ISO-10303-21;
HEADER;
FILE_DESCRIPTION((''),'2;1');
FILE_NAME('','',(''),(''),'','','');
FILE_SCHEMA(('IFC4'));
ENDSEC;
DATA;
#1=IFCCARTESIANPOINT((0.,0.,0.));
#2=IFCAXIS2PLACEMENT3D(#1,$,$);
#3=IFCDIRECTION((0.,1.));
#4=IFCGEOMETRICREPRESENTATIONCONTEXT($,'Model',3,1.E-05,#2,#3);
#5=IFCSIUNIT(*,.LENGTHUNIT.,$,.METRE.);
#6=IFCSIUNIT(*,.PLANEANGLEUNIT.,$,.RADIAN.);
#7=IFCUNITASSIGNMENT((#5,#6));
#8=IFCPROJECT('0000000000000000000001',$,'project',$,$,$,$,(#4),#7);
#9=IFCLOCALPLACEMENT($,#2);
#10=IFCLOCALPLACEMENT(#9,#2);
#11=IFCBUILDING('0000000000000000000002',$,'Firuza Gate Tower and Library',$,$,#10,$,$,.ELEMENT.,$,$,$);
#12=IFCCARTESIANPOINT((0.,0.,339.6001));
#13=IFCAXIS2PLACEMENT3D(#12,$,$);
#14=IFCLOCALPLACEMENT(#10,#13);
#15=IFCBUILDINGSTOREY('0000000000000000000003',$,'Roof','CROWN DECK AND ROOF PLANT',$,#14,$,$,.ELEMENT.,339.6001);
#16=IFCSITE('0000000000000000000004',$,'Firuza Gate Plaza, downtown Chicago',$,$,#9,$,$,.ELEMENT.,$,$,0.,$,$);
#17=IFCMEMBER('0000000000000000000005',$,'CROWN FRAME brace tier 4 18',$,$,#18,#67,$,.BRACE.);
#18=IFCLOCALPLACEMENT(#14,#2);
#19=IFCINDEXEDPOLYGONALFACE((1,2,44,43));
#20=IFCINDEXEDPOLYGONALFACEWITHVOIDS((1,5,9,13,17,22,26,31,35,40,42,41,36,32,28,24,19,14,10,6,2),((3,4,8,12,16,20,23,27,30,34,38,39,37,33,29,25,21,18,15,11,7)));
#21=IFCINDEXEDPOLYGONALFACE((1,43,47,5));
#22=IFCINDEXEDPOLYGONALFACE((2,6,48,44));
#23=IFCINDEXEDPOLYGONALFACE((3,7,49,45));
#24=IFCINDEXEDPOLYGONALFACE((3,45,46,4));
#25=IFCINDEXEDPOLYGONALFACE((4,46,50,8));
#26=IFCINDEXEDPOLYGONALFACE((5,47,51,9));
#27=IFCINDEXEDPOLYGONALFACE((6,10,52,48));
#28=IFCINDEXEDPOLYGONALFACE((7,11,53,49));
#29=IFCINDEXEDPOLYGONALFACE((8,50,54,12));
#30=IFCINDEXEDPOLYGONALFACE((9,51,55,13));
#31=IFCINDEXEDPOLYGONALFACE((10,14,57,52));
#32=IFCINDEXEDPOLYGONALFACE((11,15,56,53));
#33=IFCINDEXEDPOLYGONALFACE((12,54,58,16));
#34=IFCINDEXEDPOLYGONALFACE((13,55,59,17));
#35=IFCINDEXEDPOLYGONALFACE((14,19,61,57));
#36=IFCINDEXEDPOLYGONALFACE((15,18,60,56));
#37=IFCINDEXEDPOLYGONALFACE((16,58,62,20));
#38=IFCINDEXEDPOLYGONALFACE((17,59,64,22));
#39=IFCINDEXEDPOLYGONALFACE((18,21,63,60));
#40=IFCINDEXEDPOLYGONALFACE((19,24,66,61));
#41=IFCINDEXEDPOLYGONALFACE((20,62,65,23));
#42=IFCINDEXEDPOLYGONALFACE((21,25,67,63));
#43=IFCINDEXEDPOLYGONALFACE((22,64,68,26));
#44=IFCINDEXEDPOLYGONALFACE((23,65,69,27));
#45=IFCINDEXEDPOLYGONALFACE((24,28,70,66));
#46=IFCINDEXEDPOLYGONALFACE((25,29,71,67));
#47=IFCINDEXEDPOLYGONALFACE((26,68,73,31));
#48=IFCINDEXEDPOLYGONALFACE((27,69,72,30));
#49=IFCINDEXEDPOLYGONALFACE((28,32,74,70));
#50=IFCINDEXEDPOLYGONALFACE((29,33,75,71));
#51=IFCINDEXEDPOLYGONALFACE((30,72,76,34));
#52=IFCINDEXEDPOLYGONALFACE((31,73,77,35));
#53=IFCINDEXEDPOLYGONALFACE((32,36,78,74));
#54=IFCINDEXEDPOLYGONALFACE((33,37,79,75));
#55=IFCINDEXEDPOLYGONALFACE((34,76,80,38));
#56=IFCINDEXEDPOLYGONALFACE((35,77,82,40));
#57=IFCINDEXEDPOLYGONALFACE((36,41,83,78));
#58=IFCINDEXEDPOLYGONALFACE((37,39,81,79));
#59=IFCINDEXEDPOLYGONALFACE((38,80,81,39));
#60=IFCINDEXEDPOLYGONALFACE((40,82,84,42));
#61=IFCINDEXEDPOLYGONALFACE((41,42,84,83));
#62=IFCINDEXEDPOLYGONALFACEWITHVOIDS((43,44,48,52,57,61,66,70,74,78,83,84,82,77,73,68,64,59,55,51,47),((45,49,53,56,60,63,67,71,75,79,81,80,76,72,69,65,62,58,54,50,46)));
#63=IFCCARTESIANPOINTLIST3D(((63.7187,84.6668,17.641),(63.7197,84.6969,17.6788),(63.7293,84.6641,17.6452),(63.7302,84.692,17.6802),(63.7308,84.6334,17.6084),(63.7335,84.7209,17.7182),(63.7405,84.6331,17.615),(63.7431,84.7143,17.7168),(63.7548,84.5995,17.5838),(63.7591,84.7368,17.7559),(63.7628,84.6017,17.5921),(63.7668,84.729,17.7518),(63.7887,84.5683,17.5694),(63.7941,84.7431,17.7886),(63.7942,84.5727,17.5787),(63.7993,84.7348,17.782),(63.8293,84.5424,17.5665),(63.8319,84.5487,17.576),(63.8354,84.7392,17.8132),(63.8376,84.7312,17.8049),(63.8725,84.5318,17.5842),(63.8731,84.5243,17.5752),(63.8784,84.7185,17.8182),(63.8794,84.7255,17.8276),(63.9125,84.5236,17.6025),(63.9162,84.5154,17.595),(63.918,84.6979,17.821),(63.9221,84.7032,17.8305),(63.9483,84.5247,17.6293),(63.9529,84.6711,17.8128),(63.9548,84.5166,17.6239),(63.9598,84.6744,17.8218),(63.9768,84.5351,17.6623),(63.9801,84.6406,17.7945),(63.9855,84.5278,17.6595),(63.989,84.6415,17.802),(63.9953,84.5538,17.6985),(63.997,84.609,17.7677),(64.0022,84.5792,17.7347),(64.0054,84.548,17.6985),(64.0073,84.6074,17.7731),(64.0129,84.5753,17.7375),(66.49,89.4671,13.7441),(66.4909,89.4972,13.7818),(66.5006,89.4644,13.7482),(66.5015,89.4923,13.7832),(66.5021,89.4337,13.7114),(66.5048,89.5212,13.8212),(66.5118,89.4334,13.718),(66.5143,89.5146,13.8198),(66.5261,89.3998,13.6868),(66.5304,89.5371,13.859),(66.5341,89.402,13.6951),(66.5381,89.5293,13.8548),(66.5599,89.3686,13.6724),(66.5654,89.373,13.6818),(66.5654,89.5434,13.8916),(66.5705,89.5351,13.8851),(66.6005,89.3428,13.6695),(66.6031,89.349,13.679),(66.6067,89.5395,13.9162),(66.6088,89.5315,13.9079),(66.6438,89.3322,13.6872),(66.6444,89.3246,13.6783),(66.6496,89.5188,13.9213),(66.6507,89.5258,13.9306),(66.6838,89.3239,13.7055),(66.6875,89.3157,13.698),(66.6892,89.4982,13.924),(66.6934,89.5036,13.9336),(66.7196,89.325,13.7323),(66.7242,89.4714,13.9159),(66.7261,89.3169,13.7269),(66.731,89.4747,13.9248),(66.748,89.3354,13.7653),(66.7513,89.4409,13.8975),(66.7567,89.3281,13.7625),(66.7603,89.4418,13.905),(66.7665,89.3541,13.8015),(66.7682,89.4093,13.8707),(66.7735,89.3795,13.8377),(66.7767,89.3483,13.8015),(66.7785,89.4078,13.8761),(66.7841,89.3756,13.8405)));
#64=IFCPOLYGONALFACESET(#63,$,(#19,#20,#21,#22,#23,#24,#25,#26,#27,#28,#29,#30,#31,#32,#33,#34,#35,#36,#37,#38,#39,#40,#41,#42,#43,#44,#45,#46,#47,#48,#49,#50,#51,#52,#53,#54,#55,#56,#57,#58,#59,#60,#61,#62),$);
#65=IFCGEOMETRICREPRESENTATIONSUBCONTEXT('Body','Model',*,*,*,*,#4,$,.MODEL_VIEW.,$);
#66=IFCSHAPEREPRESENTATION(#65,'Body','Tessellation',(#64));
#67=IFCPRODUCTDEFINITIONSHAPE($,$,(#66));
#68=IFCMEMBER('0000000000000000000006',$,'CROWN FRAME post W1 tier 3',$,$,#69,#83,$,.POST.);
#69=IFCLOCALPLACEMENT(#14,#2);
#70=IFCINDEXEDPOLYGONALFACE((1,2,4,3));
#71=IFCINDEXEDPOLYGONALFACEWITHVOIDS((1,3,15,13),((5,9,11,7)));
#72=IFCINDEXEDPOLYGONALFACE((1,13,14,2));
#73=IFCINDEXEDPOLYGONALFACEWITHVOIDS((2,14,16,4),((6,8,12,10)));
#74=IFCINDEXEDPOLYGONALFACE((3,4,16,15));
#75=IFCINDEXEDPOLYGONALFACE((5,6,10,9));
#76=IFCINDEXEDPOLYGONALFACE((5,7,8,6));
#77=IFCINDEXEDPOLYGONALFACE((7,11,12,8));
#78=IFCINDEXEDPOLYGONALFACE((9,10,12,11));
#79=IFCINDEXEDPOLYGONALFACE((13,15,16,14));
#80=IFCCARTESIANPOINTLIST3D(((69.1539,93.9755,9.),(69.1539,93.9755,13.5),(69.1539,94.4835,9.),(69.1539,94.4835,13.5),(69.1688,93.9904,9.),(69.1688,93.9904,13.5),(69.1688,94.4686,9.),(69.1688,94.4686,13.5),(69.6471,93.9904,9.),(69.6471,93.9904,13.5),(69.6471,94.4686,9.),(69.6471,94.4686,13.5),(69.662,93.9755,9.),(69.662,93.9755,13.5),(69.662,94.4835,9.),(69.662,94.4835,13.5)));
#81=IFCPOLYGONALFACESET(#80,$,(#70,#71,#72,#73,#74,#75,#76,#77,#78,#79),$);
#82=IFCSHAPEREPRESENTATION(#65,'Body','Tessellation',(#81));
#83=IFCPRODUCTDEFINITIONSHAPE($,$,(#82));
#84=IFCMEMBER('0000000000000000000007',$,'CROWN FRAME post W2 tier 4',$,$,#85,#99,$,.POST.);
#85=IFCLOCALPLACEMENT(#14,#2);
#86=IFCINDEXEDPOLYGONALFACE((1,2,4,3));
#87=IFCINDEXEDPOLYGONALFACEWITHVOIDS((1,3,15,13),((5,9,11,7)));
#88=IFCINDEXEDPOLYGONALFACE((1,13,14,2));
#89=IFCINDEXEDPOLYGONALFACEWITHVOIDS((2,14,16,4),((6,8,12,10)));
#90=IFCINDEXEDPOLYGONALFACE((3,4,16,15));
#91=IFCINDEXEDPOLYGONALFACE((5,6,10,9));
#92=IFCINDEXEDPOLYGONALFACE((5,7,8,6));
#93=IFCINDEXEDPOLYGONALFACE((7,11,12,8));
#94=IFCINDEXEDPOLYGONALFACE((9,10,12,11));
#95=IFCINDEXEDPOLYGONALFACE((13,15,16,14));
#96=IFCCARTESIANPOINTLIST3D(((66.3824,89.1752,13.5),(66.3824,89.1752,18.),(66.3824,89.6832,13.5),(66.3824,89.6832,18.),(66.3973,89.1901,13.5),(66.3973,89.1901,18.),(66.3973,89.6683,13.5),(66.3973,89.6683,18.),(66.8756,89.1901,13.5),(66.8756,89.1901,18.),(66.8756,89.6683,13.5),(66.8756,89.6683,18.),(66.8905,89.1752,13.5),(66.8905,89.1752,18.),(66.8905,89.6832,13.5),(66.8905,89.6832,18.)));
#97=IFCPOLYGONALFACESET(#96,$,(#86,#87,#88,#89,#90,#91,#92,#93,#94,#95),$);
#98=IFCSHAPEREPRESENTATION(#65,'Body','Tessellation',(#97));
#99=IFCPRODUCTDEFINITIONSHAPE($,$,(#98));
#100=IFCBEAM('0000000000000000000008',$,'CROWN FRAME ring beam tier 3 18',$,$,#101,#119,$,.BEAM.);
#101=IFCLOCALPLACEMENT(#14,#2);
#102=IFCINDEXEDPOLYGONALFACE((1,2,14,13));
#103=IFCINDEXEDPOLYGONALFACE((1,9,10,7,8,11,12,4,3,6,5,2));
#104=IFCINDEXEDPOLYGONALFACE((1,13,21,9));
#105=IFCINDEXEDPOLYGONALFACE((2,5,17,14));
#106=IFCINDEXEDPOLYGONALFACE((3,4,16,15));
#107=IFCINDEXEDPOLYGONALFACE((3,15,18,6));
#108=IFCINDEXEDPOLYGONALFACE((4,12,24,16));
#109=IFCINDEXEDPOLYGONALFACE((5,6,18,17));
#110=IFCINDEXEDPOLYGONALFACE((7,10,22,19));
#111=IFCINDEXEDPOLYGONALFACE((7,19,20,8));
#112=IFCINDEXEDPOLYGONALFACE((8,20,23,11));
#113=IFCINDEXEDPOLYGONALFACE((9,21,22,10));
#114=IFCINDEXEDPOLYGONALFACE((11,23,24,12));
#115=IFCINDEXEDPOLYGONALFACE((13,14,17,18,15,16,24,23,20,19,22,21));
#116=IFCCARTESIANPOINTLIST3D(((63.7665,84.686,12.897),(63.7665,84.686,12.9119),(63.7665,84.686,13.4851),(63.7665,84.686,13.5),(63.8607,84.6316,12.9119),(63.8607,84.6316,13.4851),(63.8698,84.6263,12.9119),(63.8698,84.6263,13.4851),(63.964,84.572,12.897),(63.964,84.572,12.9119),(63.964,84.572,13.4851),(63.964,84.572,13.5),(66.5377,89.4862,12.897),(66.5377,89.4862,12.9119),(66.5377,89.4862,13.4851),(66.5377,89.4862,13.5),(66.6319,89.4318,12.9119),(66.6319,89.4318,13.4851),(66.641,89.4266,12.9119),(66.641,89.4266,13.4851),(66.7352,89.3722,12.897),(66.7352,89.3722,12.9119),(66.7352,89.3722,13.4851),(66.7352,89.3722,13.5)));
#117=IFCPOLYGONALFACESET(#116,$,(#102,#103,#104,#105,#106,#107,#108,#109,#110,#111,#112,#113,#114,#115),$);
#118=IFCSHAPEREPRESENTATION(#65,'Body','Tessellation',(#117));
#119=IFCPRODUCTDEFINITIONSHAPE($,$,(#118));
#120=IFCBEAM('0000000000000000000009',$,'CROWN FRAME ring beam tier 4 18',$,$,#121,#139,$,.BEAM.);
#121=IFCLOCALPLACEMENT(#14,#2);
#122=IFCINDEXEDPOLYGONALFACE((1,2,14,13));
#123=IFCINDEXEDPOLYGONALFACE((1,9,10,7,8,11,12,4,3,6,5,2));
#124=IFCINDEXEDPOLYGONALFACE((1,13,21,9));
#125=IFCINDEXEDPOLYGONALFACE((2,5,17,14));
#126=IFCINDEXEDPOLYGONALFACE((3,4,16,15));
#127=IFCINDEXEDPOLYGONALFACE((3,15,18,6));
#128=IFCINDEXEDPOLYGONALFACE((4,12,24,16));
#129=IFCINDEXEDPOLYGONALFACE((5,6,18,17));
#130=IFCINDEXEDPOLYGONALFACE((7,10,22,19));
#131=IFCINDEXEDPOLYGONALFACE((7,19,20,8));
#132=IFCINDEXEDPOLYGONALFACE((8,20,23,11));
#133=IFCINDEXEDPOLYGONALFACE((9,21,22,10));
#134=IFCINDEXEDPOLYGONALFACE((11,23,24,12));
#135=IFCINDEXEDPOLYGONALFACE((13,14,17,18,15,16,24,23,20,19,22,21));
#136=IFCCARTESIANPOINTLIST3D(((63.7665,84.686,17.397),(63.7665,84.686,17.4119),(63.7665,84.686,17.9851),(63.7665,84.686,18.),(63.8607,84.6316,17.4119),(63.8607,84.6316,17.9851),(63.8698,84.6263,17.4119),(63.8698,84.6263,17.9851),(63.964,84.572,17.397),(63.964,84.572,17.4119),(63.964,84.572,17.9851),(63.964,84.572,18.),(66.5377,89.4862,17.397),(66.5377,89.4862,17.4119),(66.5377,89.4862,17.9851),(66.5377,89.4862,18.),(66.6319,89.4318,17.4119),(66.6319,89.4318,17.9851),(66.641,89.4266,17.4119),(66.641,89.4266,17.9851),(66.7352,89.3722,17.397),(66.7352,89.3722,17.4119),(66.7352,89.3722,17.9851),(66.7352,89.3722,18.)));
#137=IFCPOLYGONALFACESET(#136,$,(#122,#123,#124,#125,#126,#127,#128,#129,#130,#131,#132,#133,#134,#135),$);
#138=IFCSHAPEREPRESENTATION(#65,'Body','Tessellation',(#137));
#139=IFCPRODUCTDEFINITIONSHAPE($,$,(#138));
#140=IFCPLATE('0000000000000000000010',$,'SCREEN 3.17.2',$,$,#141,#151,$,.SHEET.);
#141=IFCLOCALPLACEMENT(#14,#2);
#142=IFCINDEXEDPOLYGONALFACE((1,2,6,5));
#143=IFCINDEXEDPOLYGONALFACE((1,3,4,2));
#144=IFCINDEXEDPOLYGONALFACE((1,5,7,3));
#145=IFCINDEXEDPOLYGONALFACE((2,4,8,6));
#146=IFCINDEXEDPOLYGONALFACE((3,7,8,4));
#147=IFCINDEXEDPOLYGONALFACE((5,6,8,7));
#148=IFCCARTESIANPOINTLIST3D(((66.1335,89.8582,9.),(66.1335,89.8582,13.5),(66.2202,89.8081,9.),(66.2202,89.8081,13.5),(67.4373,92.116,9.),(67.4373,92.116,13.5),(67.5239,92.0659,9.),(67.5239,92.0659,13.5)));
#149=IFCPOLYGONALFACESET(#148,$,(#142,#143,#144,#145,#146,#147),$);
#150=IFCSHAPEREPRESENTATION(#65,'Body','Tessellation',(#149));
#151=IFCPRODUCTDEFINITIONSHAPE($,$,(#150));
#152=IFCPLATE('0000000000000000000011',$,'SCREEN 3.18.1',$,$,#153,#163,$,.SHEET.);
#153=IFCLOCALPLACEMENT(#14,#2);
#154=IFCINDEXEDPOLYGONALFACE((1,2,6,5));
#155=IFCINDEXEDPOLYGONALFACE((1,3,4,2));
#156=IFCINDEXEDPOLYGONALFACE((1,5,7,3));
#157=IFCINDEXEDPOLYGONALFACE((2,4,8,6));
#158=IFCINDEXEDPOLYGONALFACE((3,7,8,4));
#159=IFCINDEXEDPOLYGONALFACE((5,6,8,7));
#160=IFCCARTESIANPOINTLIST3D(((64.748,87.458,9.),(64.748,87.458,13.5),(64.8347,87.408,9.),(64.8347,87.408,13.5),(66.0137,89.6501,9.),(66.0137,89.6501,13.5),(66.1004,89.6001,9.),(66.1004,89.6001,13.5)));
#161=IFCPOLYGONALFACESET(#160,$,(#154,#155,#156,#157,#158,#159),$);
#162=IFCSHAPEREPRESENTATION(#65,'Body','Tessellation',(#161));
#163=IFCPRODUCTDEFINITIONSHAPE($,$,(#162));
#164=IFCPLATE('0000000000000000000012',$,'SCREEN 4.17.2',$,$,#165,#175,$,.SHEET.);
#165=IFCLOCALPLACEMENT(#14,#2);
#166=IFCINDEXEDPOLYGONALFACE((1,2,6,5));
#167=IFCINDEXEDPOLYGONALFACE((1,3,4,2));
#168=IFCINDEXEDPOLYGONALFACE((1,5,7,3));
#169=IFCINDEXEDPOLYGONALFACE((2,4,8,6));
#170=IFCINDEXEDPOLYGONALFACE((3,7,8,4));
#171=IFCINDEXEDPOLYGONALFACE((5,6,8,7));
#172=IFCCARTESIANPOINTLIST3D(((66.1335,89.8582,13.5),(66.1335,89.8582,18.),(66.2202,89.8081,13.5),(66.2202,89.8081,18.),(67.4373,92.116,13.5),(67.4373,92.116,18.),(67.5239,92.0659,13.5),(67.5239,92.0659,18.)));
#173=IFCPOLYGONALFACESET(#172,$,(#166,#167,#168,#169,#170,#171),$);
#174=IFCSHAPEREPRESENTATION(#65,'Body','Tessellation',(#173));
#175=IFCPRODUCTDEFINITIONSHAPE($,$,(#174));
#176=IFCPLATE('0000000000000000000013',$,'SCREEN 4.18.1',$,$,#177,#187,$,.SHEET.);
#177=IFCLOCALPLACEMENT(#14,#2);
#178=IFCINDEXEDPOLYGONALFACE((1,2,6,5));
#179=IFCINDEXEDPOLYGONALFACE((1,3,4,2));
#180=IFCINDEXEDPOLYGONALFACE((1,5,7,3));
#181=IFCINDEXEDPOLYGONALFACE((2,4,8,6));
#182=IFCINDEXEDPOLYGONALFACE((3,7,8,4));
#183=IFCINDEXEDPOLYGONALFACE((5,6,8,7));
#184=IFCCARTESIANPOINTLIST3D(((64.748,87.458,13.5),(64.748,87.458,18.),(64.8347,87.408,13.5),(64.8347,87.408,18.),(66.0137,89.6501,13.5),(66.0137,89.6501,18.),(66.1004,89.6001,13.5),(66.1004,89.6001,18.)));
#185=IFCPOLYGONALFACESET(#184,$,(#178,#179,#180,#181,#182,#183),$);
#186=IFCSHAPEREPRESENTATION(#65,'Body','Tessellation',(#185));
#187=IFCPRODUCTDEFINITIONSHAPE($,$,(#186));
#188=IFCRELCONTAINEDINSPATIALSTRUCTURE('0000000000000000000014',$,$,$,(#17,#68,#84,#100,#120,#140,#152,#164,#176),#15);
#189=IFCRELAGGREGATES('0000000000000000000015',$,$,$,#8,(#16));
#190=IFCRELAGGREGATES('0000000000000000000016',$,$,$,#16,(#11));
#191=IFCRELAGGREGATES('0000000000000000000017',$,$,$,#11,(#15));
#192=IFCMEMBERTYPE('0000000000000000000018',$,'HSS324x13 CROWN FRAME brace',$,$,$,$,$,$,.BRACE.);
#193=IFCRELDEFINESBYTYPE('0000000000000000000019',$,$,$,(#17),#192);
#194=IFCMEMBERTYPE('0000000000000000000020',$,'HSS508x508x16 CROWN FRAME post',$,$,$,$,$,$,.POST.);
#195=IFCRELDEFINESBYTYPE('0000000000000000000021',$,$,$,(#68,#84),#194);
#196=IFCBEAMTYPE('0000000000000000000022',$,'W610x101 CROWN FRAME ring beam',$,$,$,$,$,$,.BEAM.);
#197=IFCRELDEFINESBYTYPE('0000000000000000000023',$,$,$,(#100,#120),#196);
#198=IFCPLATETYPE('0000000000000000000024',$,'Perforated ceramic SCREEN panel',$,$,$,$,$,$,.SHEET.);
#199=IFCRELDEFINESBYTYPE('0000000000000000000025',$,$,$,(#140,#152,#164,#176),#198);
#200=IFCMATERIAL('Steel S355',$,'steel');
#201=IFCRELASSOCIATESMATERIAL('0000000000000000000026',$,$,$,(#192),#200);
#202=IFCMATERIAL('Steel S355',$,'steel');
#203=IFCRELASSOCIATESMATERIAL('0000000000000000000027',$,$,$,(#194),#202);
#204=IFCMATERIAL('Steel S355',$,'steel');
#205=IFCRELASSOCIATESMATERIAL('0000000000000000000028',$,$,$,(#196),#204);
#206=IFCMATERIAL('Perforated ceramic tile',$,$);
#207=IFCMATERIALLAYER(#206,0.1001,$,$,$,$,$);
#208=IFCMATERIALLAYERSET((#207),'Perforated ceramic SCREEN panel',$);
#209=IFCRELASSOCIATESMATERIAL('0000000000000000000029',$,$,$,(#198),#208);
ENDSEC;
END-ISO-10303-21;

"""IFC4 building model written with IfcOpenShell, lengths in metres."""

from ifc_helpers import new_model, si_unit, direction, frame, origin, origin_2d, place, context, subcontext, project, spatial, polyline, hollow_rectangle, hollow_circle, i_section, outline, extrude, material, layer, layer_set, material_profile, profile_set, type_object, element, save


model = new_model("IFC4")

# Units and contexts
model_context = context("Model", 3, precision=1e-05, world=origin(), true_north=direction((0.0, 1.0)))
body_context = subcontext(model_context, "Body", "Model", "MODEL_VIEW")
ifc_project = project(units=[si_unit("LENGTHUNIT", "METRE"), si_unit("PLANEANGLEUNIT", "RADIAN")], contexts=[model_context])

# Site, building, storey
site_placement = place(None, origin())
site = spatial("IfcSite", under=ifc_project, at=site_placement, Name="Firuza Gate Plaza, downtown Chicago", CompositionType="ELEMENT", RefElevation=0.0)
building_placement = place(site_placement, origin())
building = spatial("IfcBuilding", under=site, at=building_placement, Name="Firuza Gate Tower and Library", CompositionType="ELEMENT")
storey_placement = place(building_placement, frame((0.0, 0.0, 339.6001)))
storey = spatial("IfcBuildingStorey", under=building, at=storey_placement, Name="Roof", Description="CROWN DECK AND ROOF PLANT", CompositionType="ELEMENT", Elevation=339.6001)

# Members
ifc_material_1 = material(Name="Steel S355", Category="steel")
ifc_material_profile_1 = material_profile(ifc_material_1, hollow_circle(Radius=0.1619, WallThickness=0.0117, at=origin_2d()))
ifc_profile_set_1 = profile_set([ifc_material_profile_1], Name="Steel S355")
member_type_1 = type_object("IfcMemberType", Name="HSS324x13 CROWN FRAME brace", PredefinedType="BRACE", material=ifc_profile_set_1)
for number, where, z_axis, x_axis, name in (
    (1, (66.6365, 89.4292, 13.8015), (-0.409002, -0.708466, 0.575147), (0.866042, -0.499972, 0.0), "CROWN FRAME brace tier 4 18"),
):
    element("IfcMember", number, at=place(storey_placement, frame(where, z_axis=z_axis, x_axis=x_axis)), inside=storey, type_object=member_type_1, Name=name, PredefinedType="BRACE", context=body_context, shape_type="SweptSolid", body=[
        extrude(hollow_circle(Radius=0.1619, WallThickness=0.0117, at=origin_2d()), origin(), (0.0, 0.0, 1.0), 6.7756),
    ])
ifc_material_2 = material(Name="Steel S355", Category="steel")
ifc_material_profile_2 = material_profile(ifc_material_2, hollow_rectangle(XDim=0.5081, YDim=0.5081, WallThickness=0.0149, at=origin_2d()))
ifc_profile_set_2 = profile_set([ifc_material_profile_2], Name="Steel S355")
member_type_2 = type_object("IfcMemberType", Name="HSS508x508x16 CROWN FRAME post", PredefinedType="POST", material=ifc_profile_set_2)
for number, where, z_axis, x_axis, name in (
    (2, (69.408, 94.2295, 9.0), (0.0, 0.0, 1.0), (1.0, 0.0, 0.0), "CROWN FRAME post W1 tier 3"),
    (3, (66.6365, 89.4292, 13.5), (0.0, 0.0, 1.0), (1.0, 0.0, 0.0), "CROWN FRAME post W2 tier 4"),
):
    element("IfcMember", number, at=place(storey_placement, frame(where, z_axis=z_axis, x_axis=x_axis)), inside=storey, type_object=member_type_2, Name=name, PredefinedType="POST", context=body_context, shape_type="SweptSolid", body=[
        extrude(hollow_rectangle(XDim=0.5081, YDim=0.5081, WallThickness=0.0149, at=origin_2d()), origin(), (0.0, 0.0, 1.0), 4.5),
    ])

# Beams
ifc_material_3 = material(Name="Steel S355", Category="steel")
ifc_material_profile_3 = material_profile(ifc_material_3, i_section(OverallWidth=0.228, OverallDepth=0.603, WebThickness=0.0105, FlangeThickness=0.0149, at=origin_2d()))
ifc_profile_set_3 = profile_set([ifc_material_profile_3], Name="Steel S355")
beam_type = type_object("IfcBeamType", Name="W610x101 CROWN FRAME ring beam", PredefinedType="BEAM", material=ifc_profile_set_3)
for number, where, z_axis, x_axis, name in (
    (4, (66.6365, 89.4292, 13.1985), (-0.499972, -0.866042, 0.0), (0.866042, -0.499972, 0.0), "CROWN FRAME ring beam tier 3 18"),
    (5, (66.6365, 89.4292, 17.6985), (-0.499972, -0.866042, 0.0), (0.866042, -0.499972, 0.0), "CROWN FRAME ring beam tier 4 18"),
):
    element("IfcBeam", number, at=place(storey_placement, frame(where, z_axis=z_axis, x_axis=x_axis)), inside=storey, type_object=beam_type, Name=name, PredefinedType="BEAM", context=body_context, shape_type="SweptSolid", body=[
        extrude(i_section(OverallWidth=0.228, OverallDepth=0.603, WebThickness=0.0105, FlangeThickness=0.0149, at=origin_2d()), origin(), (0.0, 0.0, 1.0), 5.5427),
    ])

# Plates
ifc_material_4 = material(Name="Perforated ceramic tile")
ifc_layer_1 = layer(ifc_material_4, 0.1001)
ifc_layer_set_1 = layer_set([ifc_layer_1], Name="Perforated ceramic SCREEN panel")
plate_type_1 = type_object("IfcPlateType", Name="Perforated ceramic SCREEN panel", PredefinedType="SHEET", material=ifc_layer_set_1)
plate_1_placement = place(storey_placement, frame((67.4373, 92.116, 9.0), z_axis=(-0.865998, 0.500047, 0.0), x_axis=(-0.500047, -0.865998, 0.0)))
element("IfcPlate", 6, at=plate_1_placement, inside=storey, type_object=plate_type_1, Name="SCREEN 3.17.2", PredefinedType="SHEET", context=body_context, shape_type="SweptSolid", body=[
    extrude(outline(polyline([(0.0, 0.0), (2.6072, 0.0), (2.6072, 4.5), (0.0, 4.5), (0.0, 0.0)])), origin(), (0.0, 0.0, -1.0), 0.1001),
])
plate_2_placement = place(storey_placement, frame((66.0137, 89.6501, 9.0), z_axis=(-0.866027, 0.499998, 0.0), x_axis=(-0.499998, -0.866027, 0.0)))
element("IfcPlate", 7, at=plate_2_placement, inside=storey, type_object=plate_type_1, Name="SCREEN 3.18.1", PredefinedType="SHEET", context=body_context, shape_type="SweptSolid", body=[
    extrude(outline(polyline([(0.0, 0.0), (2.5313, 0.0), (2.5313, 4.5), (0.0, 4.5), (0.0, 0.0)])), origin(), (0.0, 0.0, -1.0), 0.1001),
])
plate_3_placement = place(storey_placement, frame((67.4373, 92.116, 13.5), z_axis=(-0.865998, 0.500047, 0.0), x_axis=(-0.500047, -0.865998, 0.0)))
element("IfcPlate", 8, at=plate_3_placement, inside=storey, type_object=plate_type_1, Name="SCREEN 4.17.2", PredefinedType="SHEET", context=body_context, shape_type="SweptSolid", body=[
    extrude(outline(polyline([(0.0, 0.0), (2.6072, 0.0), (2.6072, 4.5), (0.0, 4.5), (0.0, 0.0)])), origin(), (0.0, 0.0, -1.0), 0.1001),
])
for number, where, z_axis, x_axis, name in (
    (9, (66.0137, 89.6501, 13.5), (-0.866027, 0.499998, 0.0), (-0.499998, -0.866027, 0.0), "SCREEN 4.18.1"),
):
    element("IfcPlate", number, at=place(storey_placement, frame(where, z_axis=z_axis, x_axis=x_axis)), inside=storey, type_object=plate_type_1, Name=name, PredefinedType="SHEET", context=body_context, shape_type="SweptSolid", body=[
        extrude(outline(polyline([(0.0, 0.0), (2.5313, 0.0), (2.5313, 4.5), (0.0, 4.5), (0.0, 0.0)])), origin(), (0.0, 0.0, -1.0), 0.1001),
    ])

save(model, "model.ifc")
